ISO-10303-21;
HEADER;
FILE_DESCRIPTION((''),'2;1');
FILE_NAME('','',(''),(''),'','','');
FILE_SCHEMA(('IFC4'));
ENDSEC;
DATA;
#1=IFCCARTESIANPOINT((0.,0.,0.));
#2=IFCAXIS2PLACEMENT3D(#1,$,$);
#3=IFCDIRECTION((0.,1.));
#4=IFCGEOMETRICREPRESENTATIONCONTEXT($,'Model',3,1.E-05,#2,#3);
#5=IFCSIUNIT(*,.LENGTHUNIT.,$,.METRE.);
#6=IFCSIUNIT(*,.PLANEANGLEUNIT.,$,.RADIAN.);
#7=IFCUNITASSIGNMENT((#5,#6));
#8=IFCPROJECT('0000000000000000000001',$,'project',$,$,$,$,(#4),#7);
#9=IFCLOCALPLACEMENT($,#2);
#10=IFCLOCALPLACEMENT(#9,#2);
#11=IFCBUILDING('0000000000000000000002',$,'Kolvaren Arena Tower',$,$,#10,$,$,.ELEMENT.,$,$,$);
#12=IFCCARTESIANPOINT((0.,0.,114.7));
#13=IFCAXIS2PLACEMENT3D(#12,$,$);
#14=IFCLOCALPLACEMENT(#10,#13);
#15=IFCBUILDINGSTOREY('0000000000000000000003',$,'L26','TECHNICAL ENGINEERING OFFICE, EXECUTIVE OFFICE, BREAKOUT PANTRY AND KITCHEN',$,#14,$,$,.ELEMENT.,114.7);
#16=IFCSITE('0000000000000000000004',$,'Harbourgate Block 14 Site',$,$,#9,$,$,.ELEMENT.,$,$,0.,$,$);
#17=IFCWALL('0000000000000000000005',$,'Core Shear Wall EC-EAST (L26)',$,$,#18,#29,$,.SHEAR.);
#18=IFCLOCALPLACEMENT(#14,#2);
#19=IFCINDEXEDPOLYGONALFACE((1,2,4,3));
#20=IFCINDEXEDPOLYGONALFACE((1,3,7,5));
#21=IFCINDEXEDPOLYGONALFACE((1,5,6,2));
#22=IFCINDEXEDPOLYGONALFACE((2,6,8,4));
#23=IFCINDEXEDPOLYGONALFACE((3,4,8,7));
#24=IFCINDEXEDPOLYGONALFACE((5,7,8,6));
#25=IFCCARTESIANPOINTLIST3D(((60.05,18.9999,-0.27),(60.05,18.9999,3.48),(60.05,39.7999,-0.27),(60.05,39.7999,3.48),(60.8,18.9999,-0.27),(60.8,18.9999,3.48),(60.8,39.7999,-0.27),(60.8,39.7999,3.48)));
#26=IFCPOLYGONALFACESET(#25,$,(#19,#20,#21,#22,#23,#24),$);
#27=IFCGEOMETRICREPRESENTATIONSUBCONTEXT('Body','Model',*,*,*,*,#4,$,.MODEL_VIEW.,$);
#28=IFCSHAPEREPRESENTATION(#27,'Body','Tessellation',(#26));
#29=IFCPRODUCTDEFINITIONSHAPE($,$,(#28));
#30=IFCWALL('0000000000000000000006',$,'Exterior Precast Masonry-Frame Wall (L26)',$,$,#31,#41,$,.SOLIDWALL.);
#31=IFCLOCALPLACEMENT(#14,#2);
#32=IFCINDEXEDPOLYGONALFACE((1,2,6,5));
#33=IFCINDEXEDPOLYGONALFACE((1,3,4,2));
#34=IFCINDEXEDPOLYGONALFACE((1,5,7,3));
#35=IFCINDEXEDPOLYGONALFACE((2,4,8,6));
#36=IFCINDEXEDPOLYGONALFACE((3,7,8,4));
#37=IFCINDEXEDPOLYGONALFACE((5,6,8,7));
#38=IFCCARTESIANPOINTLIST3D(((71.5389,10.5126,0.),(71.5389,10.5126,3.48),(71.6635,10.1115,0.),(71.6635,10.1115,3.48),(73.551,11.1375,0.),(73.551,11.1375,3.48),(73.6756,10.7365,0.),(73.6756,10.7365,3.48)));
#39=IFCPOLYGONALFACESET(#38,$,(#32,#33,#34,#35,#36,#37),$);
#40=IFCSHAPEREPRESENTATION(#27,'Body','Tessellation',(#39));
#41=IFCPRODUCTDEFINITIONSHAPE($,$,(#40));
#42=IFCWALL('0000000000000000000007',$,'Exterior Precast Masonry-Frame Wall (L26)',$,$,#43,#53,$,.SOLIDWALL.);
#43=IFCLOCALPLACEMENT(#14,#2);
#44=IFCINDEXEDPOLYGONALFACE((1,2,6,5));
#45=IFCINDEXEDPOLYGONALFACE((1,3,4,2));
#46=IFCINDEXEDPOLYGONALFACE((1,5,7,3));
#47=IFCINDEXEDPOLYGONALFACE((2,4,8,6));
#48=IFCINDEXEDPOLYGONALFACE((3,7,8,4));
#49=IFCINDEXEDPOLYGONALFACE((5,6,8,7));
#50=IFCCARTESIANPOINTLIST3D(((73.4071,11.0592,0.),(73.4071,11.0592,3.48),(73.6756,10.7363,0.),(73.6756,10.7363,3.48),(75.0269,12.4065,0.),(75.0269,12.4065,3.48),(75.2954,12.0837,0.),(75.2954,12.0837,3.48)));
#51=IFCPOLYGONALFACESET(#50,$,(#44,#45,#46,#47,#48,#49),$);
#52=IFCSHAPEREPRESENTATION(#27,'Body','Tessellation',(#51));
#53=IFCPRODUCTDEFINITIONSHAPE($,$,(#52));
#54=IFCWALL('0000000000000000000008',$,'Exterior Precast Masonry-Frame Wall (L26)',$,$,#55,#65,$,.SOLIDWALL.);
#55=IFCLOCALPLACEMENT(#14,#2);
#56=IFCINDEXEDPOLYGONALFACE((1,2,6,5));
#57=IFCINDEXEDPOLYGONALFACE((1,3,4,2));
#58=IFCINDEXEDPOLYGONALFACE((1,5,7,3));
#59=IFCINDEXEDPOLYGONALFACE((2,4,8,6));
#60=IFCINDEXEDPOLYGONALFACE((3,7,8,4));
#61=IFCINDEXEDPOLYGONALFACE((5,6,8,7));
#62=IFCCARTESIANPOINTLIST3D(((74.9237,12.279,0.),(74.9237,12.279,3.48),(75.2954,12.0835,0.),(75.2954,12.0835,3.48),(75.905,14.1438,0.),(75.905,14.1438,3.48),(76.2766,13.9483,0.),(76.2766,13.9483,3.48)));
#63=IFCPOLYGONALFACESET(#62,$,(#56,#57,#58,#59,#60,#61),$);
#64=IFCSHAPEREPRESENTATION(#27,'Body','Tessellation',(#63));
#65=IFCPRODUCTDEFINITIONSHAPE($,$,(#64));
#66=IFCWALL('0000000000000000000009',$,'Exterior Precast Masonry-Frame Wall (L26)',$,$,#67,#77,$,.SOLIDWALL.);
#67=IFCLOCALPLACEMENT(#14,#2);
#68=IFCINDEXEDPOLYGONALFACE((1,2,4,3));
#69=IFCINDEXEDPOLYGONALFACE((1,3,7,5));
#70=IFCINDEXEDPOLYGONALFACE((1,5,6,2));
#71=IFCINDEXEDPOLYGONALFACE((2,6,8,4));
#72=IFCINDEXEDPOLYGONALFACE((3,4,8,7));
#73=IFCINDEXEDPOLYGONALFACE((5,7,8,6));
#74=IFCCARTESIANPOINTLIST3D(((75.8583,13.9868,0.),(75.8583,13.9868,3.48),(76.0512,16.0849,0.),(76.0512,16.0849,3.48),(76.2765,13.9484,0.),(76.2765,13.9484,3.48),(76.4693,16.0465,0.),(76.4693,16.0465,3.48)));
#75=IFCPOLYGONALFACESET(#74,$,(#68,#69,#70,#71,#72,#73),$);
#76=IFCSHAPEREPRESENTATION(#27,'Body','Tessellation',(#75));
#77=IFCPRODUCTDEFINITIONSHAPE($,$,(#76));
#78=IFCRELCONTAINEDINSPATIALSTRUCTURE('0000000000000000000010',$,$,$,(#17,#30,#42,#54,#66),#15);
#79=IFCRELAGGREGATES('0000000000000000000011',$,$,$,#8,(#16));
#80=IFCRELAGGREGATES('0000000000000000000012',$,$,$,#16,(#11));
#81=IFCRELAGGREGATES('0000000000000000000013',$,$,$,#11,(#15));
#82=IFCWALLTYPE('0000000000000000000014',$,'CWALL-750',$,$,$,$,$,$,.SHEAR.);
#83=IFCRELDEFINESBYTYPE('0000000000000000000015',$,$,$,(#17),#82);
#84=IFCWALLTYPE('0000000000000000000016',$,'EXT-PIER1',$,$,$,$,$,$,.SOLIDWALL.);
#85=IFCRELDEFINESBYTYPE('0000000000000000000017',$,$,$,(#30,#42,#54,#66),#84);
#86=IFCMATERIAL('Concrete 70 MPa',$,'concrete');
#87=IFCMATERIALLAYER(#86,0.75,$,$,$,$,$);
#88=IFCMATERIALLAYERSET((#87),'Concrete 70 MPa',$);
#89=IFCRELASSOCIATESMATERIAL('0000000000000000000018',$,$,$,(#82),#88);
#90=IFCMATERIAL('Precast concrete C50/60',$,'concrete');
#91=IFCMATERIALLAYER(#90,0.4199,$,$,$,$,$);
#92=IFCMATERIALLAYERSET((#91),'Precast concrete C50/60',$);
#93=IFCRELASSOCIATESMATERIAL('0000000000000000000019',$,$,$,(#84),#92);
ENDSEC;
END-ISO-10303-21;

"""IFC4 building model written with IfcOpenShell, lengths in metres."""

from ifc_helpers import new_model, si_unit, direction, frame, frame_2d, origin, place, context, subcontext, project, spatial, rectangle, extrude, material, layer, layer_set, type_object, element, save


model = new_model("IFC4")

# Units and contexts
model_context = context("Model", 3, precision=1e-05, world=origin(), true_north=direction((0.0, 1.0)))
body_context = subcontext(model_context, "Body", "Model", "MODEL_VIEW")
ifc_project = project(units=[si_unit("LENGTHUNIT", "METRE"), si_unit("PLANEANGLEUNIT", "RADIAN")], contexts=[model_context])

# Site, building, storey
site_placement = place(None, origin())
site = spatial("IfcSite", under=ifc_project, at=site_placement, Name="Harbourgate Block 14 Site", CompositionType="ELEMENT", RefElevation=0.0)
building_placement = place(site_placement, origin())
building = spatial("IfcBuilding", under=site, at=building_placement, Name="Kolvaren Arena Tower", CompositionType="ELEMENT")
storey_placement = place(building_placement, frame((0.0, 0.0, 114.7)))
storey = spatial("IfcBuildingStorey", under=building, at=storey_placement, Name="L26", Description="TECHNICAL ENGINEERING OFFICE, EXECUTIVE OFFICE, BREAKOUT PANTRY AND KITCHEN", CompositionType="ELEMENT", Elevation=114.7)

# Walls
ifc_material_1 = material(Name="Concrete 70 MPa", Category="concrete")
ifc_layer_1 = layer(ifc_material_1, 0.75)
ifc_layer_set_1 = layer_set([ifc_layer_1], Name="Concrete 70 MPa")
wall_type_1 = type_object("IfcWallType", Name="CWALL-750", PredefinedType="SHEAR", material=ifc_layer_set_1)
wall_1_placement = place(storey_placement, frame((60.425, 19.0, -0.27), z_axis=(0.0, 0.0, 1.0), x_axis=(0.0, 1.0, 0.0)))
element("IfcWall", 1, at=wall_1_placement, inside=storey, type_object=wall_type_1, Name="Core Shear Wall EC-EAST (L26)", PredefinedType="SHEAR", context=body_context, shape_type="SweptSolid", body=[
    extrude(rectangle(XDim=20.8, YDim=0.75, at=frame_2d((10.3999, 0.0))), origin(), (0.0, 0.0, 1.0), 3.75),
])
ifc_material_2 = material(Name="Precast concrete C50/60", Category="concrete")
ifc_layer_2 = layer(ifc_material_2, 0.4199)
ifc_layer_set_2 = layer_set([ifc_layer_2], Name="Precast concrete C50/60")
wall_type_2 = type_object("IfcWallType", Name="EXT-PIER1", PredefinedType="SOLIDWALL", material=ifc_layer_set_2)
for number, where, z_axis, x_axis, name in (
    (2, (73.6133, 10.937, 0.0), (0.0, 0.0, 1.0), (-0.954994, -0.296625, 0.0), "Exterior Precast Masonry-Frame Wall (L26)"),
    (3, (75.1611, 12.2451, 0.0), (0.0, 0.0, 1.0), (-0.7688, -0.639489, 0.0), "Exterior Precast Masonry-Frame Wall (L26)"),
):
    element("IfcWall", number, at=place(storey_placement, frame(where, z_axis=z_axis, x_axis=x_axis)), inside=storey, type_object=wall_type_2, Name=name, PredefinedType="SOLIDWALL", context=body_context, shape_type="SweptSolid", body=[
        extrude(rectangle(XDim=2.1069, YDim=0.4199, at=frame_2d((1.0535, 0.0))), origin(), (0.0, 0.0, 1.0), 3.48),
    ])
wall_2_placement = place(storey_placement, frame((76.0908, 14.0461, 0.0), z_axis=(0.0, 0.0, 1.0), x_axis=(-0.465656, -0.884966, 0.0)))
element("IfcWall", 4, at=wall_2_placement, inside=storey, type_object=wall_type_2, Name="Exterior Precast Masonry-Frame Wall (L26)", PredefinedType="SOLIDWALL", context=body_context, shape_type="SweptSolid", body=[
    extrude(rectangle(XDim=2.1072, YDim=0.4199, at=frame_2d((1.0537, 0.0))), origin(), (0.0, 0.0, 1.0), 3.48),
])
wall_3_placement = place(storey_placement, frame((76.2603, 16.0657, 0.0), z_axis=(0.0, 0.0, 1.0), x_axis=(-0.091539, -0.995802, 0.0)))
element("IfcWall", 5, at=wall_3_placement, inside=storey, type_object=wall_type_2, Name="Exterior Precast Masonry-Frame Wall (L26)", PredefinedType="SOLIDWALL", context=body_context, shape_type="SweptSolid", body=[
    extrude(rectangle(XDim=2.1069, YDim=0.4199, at=frame_2d((1.0535, 0.0))), origin(), (0.0, 0.0, 1.0), 3.48),
])

save(model, "model.ifc")
